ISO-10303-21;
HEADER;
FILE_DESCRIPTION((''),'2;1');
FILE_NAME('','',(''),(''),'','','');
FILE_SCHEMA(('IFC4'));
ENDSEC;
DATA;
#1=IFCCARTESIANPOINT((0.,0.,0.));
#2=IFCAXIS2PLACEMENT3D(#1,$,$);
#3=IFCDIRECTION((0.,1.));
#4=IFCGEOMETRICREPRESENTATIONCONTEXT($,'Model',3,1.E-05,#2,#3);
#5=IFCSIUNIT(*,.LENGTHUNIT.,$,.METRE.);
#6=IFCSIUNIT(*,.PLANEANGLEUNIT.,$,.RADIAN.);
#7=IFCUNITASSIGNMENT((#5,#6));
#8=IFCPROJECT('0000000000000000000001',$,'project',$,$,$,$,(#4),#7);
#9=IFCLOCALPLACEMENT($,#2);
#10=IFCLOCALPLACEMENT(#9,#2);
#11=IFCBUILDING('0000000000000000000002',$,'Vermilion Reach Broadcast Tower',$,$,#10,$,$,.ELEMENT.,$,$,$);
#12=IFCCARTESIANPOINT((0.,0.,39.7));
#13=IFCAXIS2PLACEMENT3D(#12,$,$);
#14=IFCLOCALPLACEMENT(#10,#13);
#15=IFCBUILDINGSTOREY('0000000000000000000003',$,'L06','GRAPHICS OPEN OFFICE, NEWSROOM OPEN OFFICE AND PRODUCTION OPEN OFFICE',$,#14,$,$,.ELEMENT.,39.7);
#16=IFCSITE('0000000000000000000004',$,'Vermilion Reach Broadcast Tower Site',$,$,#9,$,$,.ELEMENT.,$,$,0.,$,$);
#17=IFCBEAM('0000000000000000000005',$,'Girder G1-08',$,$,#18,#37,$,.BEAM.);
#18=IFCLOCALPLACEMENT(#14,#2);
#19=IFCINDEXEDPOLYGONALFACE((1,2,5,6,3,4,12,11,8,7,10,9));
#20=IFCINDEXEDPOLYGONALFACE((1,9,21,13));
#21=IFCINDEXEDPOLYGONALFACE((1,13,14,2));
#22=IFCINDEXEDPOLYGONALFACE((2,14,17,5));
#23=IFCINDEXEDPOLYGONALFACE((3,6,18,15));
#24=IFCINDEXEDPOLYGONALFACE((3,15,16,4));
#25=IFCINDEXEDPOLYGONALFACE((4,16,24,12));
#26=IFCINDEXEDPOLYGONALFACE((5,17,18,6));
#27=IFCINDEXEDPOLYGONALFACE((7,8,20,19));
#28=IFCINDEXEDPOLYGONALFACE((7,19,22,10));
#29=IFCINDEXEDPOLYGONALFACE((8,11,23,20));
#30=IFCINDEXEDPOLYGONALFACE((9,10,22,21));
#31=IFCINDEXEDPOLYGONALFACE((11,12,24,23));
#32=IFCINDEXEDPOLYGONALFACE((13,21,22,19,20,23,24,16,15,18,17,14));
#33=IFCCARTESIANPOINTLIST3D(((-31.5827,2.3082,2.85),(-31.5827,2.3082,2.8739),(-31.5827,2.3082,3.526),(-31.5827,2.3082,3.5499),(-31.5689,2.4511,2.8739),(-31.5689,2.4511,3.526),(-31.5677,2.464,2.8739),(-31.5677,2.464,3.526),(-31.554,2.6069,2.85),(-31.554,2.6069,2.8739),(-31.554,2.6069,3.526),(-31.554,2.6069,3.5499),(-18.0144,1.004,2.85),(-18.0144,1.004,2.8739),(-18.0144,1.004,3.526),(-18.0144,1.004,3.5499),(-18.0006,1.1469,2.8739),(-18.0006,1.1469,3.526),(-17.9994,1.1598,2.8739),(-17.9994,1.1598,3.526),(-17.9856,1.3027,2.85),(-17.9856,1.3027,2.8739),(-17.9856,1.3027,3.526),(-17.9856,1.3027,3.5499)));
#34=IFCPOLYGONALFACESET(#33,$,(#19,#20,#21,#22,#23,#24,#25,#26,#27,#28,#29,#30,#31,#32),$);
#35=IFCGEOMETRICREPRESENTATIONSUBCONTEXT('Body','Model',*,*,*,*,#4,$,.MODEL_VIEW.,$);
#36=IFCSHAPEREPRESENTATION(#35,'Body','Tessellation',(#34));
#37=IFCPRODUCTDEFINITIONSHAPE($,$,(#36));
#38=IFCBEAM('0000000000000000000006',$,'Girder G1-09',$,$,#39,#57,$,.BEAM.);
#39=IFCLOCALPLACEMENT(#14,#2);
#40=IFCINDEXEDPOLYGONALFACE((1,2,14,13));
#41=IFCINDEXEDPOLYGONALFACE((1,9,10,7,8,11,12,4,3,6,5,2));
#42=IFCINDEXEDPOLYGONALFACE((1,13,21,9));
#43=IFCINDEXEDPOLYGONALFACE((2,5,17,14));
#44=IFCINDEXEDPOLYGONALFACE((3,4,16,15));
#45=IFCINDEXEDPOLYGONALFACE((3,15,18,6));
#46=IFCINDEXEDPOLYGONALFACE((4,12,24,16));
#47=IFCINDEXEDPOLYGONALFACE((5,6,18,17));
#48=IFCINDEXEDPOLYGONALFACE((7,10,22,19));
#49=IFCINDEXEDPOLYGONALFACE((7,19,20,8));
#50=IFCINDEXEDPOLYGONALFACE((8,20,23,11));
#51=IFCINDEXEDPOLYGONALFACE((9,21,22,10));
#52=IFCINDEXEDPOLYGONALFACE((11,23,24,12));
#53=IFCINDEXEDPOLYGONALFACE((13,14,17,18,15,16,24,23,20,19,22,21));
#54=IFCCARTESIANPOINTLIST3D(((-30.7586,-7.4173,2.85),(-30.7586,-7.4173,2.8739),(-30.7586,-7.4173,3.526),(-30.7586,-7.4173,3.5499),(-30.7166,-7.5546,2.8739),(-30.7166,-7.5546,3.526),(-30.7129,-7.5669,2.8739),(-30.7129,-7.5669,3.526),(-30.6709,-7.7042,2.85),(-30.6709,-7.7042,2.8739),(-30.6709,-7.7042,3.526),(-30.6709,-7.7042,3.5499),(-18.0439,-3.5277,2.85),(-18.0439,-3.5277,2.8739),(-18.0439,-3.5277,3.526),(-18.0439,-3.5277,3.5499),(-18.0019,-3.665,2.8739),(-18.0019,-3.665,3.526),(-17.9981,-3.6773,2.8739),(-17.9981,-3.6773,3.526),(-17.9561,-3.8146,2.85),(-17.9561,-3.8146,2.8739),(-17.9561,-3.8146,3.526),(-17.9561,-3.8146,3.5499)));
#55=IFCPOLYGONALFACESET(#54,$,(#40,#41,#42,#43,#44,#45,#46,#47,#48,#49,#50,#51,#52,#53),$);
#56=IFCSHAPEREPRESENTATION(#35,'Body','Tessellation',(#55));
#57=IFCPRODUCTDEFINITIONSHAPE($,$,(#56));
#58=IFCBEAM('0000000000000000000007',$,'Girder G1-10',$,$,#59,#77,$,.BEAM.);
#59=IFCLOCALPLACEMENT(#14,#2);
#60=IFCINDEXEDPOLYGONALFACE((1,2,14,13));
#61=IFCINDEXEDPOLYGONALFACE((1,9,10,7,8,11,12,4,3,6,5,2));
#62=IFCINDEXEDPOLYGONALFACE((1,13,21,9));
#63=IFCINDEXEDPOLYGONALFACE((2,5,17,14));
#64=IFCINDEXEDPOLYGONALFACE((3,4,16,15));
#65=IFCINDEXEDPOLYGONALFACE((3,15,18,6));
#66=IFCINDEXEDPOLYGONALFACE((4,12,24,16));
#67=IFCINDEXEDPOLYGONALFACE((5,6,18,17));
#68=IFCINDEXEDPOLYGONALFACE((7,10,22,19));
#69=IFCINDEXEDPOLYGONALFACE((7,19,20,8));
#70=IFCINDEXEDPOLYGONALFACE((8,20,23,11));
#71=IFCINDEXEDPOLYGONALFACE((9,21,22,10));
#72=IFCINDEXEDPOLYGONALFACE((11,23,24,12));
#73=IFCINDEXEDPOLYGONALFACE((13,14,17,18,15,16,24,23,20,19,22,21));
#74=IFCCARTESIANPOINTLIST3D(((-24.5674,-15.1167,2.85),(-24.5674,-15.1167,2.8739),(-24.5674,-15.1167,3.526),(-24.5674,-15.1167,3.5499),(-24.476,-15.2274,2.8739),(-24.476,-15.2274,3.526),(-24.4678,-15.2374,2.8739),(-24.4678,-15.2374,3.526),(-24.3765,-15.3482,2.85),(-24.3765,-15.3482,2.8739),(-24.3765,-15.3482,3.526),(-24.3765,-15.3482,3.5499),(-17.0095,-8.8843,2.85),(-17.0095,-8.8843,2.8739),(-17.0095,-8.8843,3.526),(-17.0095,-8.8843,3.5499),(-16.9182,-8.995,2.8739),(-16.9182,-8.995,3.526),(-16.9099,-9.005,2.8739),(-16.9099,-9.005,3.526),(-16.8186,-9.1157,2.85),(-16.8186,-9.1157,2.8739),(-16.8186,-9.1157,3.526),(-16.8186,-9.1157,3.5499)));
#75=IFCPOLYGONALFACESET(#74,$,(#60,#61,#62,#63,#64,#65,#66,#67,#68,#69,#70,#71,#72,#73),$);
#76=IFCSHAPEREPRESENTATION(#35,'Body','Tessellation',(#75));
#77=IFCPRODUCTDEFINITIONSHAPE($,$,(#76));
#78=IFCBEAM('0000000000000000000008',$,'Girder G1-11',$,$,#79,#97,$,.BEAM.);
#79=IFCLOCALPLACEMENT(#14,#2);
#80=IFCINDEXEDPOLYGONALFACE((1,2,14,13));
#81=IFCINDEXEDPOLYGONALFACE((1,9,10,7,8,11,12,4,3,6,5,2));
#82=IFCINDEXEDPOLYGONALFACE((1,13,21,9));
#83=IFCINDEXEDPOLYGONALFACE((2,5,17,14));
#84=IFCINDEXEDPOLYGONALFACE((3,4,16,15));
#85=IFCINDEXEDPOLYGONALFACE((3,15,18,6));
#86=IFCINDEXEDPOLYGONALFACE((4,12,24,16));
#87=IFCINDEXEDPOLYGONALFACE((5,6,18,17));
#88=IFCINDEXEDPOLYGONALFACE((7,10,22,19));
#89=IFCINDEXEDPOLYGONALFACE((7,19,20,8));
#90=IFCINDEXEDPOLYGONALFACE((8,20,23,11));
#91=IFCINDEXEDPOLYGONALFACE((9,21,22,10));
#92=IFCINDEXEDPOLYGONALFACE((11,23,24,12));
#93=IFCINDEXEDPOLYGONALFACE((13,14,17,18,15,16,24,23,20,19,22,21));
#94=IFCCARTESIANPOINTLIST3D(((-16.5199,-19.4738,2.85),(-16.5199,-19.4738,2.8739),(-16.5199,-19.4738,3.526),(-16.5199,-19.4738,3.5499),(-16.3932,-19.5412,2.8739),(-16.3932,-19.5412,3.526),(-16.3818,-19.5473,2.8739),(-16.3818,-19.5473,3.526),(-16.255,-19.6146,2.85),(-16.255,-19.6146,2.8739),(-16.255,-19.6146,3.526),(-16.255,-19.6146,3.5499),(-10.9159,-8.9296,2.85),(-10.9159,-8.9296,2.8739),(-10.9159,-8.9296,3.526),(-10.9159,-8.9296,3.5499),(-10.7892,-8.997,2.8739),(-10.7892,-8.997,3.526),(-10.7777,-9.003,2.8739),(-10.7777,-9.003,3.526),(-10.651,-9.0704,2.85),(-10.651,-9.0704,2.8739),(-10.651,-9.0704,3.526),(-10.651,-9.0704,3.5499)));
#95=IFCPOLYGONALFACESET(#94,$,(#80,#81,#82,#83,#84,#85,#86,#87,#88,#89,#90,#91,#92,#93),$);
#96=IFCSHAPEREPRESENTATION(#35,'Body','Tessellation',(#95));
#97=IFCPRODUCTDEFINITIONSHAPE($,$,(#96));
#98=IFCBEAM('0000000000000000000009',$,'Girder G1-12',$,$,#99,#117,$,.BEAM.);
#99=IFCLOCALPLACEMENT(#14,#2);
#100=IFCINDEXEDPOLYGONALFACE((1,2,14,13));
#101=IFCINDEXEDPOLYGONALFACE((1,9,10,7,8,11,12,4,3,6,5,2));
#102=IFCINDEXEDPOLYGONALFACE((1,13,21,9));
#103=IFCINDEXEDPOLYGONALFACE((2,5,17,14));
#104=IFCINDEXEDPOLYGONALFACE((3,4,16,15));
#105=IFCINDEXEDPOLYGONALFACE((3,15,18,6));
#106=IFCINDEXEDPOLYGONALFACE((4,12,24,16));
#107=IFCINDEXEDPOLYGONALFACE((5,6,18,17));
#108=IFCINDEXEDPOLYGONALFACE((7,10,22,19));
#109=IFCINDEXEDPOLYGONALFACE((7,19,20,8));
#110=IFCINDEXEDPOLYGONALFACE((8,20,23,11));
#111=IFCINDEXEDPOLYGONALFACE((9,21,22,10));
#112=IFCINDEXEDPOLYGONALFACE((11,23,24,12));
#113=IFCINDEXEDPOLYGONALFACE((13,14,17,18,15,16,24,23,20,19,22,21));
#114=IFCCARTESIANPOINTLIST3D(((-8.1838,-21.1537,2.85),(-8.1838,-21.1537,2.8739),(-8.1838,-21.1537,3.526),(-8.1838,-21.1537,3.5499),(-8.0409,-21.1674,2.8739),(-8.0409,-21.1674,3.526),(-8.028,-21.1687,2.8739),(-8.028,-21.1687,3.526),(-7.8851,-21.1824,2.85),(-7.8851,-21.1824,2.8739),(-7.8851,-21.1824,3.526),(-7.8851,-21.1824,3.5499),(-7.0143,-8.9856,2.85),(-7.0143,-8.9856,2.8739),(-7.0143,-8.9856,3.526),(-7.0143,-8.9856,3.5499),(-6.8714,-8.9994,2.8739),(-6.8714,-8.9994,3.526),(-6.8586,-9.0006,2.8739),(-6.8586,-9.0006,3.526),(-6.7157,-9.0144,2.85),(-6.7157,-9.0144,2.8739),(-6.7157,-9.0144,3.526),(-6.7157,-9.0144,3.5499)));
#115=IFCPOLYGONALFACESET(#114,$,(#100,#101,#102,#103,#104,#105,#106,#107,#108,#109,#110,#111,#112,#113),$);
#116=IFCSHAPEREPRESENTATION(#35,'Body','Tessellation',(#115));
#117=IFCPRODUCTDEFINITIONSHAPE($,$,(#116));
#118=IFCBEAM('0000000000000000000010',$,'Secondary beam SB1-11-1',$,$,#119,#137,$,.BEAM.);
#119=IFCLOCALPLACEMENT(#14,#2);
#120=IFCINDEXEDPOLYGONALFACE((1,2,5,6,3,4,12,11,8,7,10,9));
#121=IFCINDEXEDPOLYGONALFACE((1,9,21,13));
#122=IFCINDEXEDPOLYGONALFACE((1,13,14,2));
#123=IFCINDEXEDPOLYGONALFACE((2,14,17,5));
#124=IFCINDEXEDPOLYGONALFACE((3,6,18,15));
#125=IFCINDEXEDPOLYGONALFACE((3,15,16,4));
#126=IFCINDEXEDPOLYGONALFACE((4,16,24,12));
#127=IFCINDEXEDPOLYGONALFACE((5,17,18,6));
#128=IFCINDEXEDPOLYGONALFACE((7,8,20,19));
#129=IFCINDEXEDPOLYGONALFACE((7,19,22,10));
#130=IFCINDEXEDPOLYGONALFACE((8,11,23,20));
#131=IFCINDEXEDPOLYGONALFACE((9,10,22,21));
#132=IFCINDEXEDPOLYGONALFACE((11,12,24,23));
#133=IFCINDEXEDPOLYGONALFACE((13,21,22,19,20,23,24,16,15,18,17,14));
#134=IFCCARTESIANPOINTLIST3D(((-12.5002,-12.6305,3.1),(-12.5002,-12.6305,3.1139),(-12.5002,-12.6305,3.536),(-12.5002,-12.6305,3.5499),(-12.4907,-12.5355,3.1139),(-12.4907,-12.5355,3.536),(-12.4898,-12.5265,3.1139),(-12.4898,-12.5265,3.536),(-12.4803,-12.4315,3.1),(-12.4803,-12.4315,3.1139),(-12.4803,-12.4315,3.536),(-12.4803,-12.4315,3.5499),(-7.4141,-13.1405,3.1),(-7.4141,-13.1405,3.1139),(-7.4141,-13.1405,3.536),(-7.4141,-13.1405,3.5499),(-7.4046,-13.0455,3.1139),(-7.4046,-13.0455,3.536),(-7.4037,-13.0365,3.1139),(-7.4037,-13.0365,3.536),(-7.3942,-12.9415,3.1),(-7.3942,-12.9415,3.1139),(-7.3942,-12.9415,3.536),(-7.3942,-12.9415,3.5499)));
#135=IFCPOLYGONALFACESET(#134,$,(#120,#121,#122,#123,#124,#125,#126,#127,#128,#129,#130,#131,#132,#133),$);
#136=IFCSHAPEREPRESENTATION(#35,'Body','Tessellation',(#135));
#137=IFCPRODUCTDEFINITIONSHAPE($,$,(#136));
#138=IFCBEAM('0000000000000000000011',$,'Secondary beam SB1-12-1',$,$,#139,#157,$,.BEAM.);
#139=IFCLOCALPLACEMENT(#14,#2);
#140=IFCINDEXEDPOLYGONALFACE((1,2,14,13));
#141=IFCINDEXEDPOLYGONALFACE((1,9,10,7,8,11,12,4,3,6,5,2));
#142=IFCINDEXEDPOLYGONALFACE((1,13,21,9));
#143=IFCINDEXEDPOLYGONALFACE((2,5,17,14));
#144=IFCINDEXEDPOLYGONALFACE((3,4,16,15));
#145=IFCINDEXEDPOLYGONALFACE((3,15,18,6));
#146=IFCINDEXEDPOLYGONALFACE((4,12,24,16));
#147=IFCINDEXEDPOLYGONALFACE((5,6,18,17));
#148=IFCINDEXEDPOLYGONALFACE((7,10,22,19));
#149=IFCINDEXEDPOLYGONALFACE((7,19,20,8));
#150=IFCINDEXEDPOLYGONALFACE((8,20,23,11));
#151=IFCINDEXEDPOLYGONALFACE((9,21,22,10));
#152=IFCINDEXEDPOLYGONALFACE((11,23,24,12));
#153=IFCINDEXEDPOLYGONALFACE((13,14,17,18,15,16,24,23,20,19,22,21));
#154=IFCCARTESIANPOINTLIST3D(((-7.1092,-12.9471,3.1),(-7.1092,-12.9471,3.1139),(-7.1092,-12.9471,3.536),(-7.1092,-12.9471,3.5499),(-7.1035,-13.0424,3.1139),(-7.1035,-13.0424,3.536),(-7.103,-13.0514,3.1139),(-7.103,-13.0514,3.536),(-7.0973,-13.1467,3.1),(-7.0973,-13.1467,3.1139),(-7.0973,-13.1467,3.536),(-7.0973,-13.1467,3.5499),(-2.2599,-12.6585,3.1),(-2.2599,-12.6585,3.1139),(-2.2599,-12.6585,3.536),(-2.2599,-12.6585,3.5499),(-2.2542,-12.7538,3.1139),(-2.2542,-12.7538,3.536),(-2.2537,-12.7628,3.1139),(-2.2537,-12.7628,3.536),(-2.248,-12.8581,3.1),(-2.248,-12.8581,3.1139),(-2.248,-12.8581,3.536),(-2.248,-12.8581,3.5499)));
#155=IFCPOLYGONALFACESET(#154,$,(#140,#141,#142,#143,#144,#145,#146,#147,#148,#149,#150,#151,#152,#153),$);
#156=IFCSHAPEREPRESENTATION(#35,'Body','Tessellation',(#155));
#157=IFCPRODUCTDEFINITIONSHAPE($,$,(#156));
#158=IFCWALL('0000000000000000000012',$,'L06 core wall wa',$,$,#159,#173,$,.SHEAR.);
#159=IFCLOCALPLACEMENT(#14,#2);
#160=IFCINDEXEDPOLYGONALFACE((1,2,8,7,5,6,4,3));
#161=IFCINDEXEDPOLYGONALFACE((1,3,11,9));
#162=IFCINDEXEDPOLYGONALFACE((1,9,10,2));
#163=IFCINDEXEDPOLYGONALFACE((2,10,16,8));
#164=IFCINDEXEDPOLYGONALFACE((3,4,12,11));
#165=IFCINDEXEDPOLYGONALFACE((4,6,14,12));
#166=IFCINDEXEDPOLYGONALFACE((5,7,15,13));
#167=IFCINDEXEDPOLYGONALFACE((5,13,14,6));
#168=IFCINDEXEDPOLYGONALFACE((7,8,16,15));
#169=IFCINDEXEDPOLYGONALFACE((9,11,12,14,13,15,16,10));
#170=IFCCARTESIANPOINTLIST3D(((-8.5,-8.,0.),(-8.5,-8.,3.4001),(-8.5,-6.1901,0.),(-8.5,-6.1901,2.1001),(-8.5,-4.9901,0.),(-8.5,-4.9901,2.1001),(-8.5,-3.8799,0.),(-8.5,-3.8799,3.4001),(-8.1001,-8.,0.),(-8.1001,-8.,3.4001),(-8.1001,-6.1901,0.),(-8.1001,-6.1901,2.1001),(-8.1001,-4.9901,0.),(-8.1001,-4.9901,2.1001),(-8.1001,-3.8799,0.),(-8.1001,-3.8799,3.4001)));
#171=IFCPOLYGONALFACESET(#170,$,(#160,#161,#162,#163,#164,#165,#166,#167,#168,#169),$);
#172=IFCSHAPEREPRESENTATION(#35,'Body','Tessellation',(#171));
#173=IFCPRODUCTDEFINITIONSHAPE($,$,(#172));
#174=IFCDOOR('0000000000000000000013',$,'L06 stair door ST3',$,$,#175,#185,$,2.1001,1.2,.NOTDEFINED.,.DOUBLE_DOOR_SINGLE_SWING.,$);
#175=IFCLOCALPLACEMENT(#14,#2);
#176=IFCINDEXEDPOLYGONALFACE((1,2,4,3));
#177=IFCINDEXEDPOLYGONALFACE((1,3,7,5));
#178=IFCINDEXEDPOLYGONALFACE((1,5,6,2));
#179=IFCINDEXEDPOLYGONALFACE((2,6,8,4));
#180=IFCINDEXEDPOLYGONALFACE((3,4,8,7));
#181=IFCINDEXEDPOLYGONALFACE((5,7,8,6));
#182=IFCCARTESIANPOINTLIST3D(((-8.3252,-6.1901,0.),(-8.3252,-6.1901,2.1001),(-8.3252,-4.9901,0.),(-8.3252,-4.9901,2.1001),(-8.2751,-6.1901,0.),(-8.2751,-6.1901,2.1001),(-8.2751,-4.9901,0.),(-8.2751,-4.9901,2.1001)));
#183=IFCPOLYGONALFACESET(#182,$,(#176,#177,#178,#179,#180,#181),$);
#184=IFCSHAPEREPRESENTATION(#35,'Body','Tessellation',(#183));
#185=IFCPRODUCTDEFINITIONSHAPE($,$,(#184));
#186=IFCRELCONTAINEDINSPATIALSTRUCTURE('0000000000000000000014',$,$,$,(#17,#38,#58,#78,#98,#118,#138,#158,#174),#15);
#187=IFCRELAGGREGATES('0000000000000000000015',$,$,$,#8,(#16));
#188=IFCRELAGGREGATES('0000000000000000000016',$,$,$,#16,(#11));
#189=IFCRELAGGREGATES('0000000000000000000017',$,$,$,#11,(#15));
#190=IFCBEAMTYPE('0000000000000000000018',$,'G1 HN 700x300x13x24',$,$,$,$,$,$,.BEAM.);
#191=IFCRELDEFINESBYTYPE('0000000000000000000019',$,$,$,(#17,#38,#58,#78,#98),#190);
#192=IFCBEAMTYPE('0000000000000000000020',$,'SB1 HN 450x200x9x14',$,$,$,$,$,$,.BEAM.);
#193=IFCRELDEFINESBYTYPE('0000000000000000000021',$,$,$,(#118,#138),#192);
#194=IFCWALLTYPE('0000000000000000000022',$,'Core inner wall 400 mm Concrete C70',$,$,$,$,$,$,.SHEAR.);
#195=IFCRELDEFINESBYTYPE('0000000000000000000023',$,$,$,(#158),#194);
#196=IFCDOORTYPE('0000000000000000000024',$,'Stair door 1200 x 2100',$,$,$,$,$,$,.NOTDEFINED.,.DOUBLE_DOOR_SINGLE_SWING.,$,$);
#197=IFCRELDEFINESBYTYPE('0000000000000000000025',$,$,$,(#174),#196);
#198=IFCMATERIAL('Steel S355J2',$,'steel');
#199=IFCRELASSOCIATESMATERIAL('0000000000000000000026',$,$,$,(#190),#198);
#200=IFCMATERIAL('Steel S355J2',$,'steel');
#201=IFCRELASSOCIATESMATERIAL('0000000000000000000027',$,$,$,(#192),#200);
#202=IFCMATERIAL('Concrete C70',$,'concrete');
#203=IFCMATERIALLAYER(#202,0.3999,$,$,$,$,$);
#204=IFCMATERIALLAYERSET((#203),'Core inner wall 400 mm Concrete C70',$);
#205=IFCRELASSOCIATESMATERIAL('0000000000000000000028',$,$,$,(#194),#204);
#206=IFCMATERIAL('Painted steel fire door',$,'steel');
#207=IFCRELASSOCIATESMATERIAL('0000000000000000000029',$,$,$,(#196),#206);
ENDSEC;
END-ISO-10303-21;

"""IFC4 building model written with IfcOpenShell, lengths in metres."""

from ifc_helpers import new_model, si_unit, direction, frame, frame_2d, origin, origin_2d, place, context, subcontext, project, spatial, rectangle, i_section, extrude, material, layer, layer_set, material_profile, profile_set, type_object, element, fill, save


model = new_model("IFC4")

# Units and contexts
model_context = context("Model", 3, precision=1e-05, world=origin(), true_north=direction((0.0, 1.0)))
body_context = subcontext(model_context, "Body", "Model", "MODEL_VIEW")
ifc_project = project(units=[si_unit("LENGTHUNIT", "METRE"), si_unit("PLANEANGLEUNIT", "RADIAN")], contexts=[model_context])

# Site, building, storey
site_placement = place(None, origin())
site = spatial("IfcSite", under=ifc_project, at=site_placement, Name="Vermilion Reach Broadcast Tower Site", CompositionType="ELEMENT", RefElevation=0.0)
building_placement = place(site_placement, origin())
building = spatial("IfcBuilding", under=site, at=building_placement, Name="Vermilion Reach Broadcast Tower", CompositionType="ELEMENT")
storey_placement = place(building_placement, frame((0.0, 0.0, 39.7)))
storey = spatial("IfcBuildingStorey", under=building, at=storey_placement, Name="L06", Description="GRAPHICS OPEN OFFICE, NEWSROOM OPEN OFFICE AND PRODUCTION OPEN OFFICE", CompositionType="ELEMENT", Elevation=39.7)

# Beams
ifc_material_1 = material(Name="Steel S355J2", Category="steel")
ifc_material_profile_1 = material_profile(ifc_material_1, i_section(OverallWidth=0.3, OverallDepth=0.7, WebThickness=0.0129, FlangeThickness=0.0239, at=origin_2d()), Name="S355J2 HN 700x300x13x24")
ifc_profile_set_1 = profile_set([ifc_material_profile_1], Name="Steel S355J2")
beam_type_1 = type_object("IfcBeamType", Name="G1 HN 700x300x13x24", PredefinedType="BEAM", material=ifc_profile_set_1)
beam_1_placement = place(storey_placement, frame((-18.0, 1.1533, 3.2), z_axis=(-0.995412, 0.09568, 0.0), x_axis=(-0.09568, -0.995412, 0.0)))
element("IfcBeam", 1, at=beam_1_placement, inside=storey, type_object=beam_type_1, Name="Girder G1-08", PredefinedType="BEAM", context=body_context, shape_type="SweptSolid", body=[
    extrude(i_section(OverallWidth=0.3, OverallDepth=0.7, WebThickness=0.0129, FlangeThickness=0.0239, at=origin_2d()), origin(), (0.0, 0.0, 1.0), 13.6309),
])
beam_2_placement = place(storey_placement, frame((-18.0, -3.6711, 3.2), z_axis=(-0.956256, -0.292532, 0.0), x_axis=(0.292532, -0.956256, 0.0)))
element("IfcBeam", 2, at=beam_2_placement, inside=storey, type_object=beam_type_1, Name="Girder G1-09", PredefinedType="BEAM", context=body_context, shape_type="SweptSolid", body=[
    extrude(i_section(OverallWidth=0.3, OverallDepth=0.7, WebThickness=0.0129, FlangeThickness=0.0239, at=origin_2d()), origin(), (0.0, 0.0, 1.0), 13.2964),
])
beam_3_placement = place(storey_placement, frame((-16.9141, -9.0, 3.2), z_axis=(-0.771514, -0.636212, 0.0), x_axis=(0.636212, -0.771514, 0.0)))
element("IfcBeam", 3, at=beam_3_placement, inside=storey, type_object=beam_type_1, Name="Girder G1-10", PredefinedType="BEAM", context=body_context, shape_type="SweptSolid", body=[
    extrude(i_section(OverallWidth=0.3, OverallDepth=0.7, WebThickness=0.0129, FlangeThickness=0.0239, at=origin_2d()), origin(), (0.0, 0.0, 1.0), 9.7961),
])
beam_4_placement = place(storey_placement, frame((-10.7834, -9.0, 3.2), z_axis=(-0.469312, -0.883032, 0.0), x_axis=(0.883032, -0.469312, 0.0)))
element("IfcBeam", 4, at=beam_4_placement, inside=storey, type_object=beam_type_1, Name="Girder G1-11", PredefinedType="BEAM", context=body_context, shape_type="SweptSolid", body=[
    extrude(i_section(OverallWidth=0.3, OverallDepth=0.7, WebThickness=0.0129, FlangeThickness=0.0239, at=origin_2d()), origin(), (0.0, 0.0, 1.0), 11.9409),
])
beam_5_placement = place(storey_placement, frame((-6.865, -9.0, 3.2), z_axis=(-0.095667, -0.995413, 0.0), x_axis=(0.995413, -0.095667, 0.0)))
element("IfcBeam", 5, at=beam_5_placement, inside=storey, type_object=beam_type_1, Name="Girder G1-12", PredefinedType="BEAM", context=body_context, shape_type="SweptSolid", body=[
    extrude(i_section(OverallWidth=0.3, OverallDepth=0.7, WebThickness=0.0129, FlangeThickness=0.0239, at=origin_2d()), origin(), (0.0, 0.0, 1.0), 12.2241),
])
ifc_material_2 = material(Name="Steel S355J2", Category="steel")
ifc_material_profile_2 = material_profile(ifc_material_2, i_section(OverallWidth=0.2, OverallDepth=0.45, WebThickness=0.009, FlangeThickness=0.0139, at=origin_2d()), Name="S355J2 HN 450x200x9x14")
ifc_profile_set_2 = profile_set([ifc_material_profile_2], Name="Steel S355J2")
beam_type_2 = type_object("IfcBeamType", Name="SB1 HN 450x200x9x14", PredefinedType="BEAM", material=ifc_profile_set_2)
beam_6_placement = place(storey_placement, frame((-12.4902, -12.531, 3.325), z_axis=(0.99501, -0.099773, 0.0), x_axis=(0.099773, 0.99501, 0.0)))
element("IfcBeam", 6, at=beam_6_placement, inside=storey, type_object=beam_type_2, Name="Secondary beam SB1-11-1", PredefinedType="BEAM", context=body_context, shape_type="SweptSolid", body=[
    extrude(i_section(OverallWidth=0.2, OverallDepth=0.45, WebThickness=0.009, FlangeThickness=0.0139, at=origin_2d()), origin(), (0.0, 0.0, 1.0), 5.1116),
])
beam_7_placement = place(storey_placement, frame((-7.1033, -13.0469, 3.325), z_axis=(0.998234, 0.059403, 0.0), x_axis=(-0.059403, 0.998234, 0.0)))
element("IfcBeam", 7, at=beam_7_placement, inside=storey, type_object=beam_type_2, Name="Secondary beam SB1-12-1", PredefinedType="BEAM", context=body_context, shape_type="SweptSolid", body=[
    extrude(i_section(OverallWidth=0.2, OverallDepth=0.45, WebThickness=0.009, FlangeThickness=0.0139, at=origin_2d()), origin(), (0.0, 0.0, 1.0), 4.8579),
])

# Wall, opening, door
ifc_material_3 = material(Name="Concrete C70", Category="concrete")
ifc_layer_1 = layer(ifc_material_3, 0.3999)
ifc_layer_set_1 = layer_set([ifc_layer_1], Name="Core inner wall 400 mm Concrete C70")
wall_type_1 = type_object("IfcWallType", Name="Core inner wall 400 mm Concrete C70", PredefinedType="SHEAR", material=ifc_layer_set_1)
wall_1_placement = place(storey_placement, frame((-8.3, -3.8799, 0.0), z_axis=(0.0, 0.0, 1.0), x_axis=(0.0, -1.0, 0.0)))
wall_1 = element("IfcWall", 8, at=wall_1_placement, inside=storey, type_object=wall_type_1, Name="L06 core wall wa", PredefinedType="SHEAR", context=body_context, shape_type="SweptSolid", body=[
    extrude(rectangle(XDim=4.1201, YDim=0.3999, at=frame_2d((2.0601, 0.0))), origin(), (0.0, 0.0, 1.0), 3.4001),
])
opening_1_placement = place(wall_1_placement, frame((1.1101, 0.0, 0.0)))
opening_1 = element("IfcOpeningElement", 9, at=opening_1_placement, cuts=wall_1, PredefinedType="OPENING", context=body_context, shape_type="SweptSolid", body=[
    extrude(rectangle(XDim=1.2, YDim=2.1001, at=frame_2d((0.6001, 1.05))), frame((0.0, 0.21, 0.0), z_axis=(0.0, -1.0, 0.0), x_axis=(1.0, 0.0, 0.0)), (0.0, 0.0, 1.0), 0.4199),
])
ifc_material_4 = material(Name="Painted steel fire door", Category="steel")
door_type_1 = type_object("IfcDoorType", Name="Stair door 1200 x 2100", OperationType="DOUBLE_DOOR_SINGLE_SWING", PredefinedType="NOTDEFINED", material=ifc_material_4)
door_1_placement = place(opening_1_placement, origin())
door_1 = element("IfcDoor", 10, at=door_1_placement, inside=storey, type_object=door_type_1, Name="L06 stair door ST3", OperationType="DOUBLE_DOOR_SINGLE_SWING", OverallHeight=2.1001, OverallWidth=1.2, PredefinedType="NOTDEFINED", context=body_context, shape_type="SweptSolid", body=[
    extrude(rectangle(XDim=1.2, YDim=2.1001, at=frame_2d((0.6001, 1.05))), frame((0.0, 0.0249, 0.0), z_axis=(0.0, -1.0, 0.0), x_axis=(1.0, 0.0, 0.0)), (0.0, 0.0, 1.0), 0.05),
])
fill(opening_1, door_1)

save(model, "model.ifc")
